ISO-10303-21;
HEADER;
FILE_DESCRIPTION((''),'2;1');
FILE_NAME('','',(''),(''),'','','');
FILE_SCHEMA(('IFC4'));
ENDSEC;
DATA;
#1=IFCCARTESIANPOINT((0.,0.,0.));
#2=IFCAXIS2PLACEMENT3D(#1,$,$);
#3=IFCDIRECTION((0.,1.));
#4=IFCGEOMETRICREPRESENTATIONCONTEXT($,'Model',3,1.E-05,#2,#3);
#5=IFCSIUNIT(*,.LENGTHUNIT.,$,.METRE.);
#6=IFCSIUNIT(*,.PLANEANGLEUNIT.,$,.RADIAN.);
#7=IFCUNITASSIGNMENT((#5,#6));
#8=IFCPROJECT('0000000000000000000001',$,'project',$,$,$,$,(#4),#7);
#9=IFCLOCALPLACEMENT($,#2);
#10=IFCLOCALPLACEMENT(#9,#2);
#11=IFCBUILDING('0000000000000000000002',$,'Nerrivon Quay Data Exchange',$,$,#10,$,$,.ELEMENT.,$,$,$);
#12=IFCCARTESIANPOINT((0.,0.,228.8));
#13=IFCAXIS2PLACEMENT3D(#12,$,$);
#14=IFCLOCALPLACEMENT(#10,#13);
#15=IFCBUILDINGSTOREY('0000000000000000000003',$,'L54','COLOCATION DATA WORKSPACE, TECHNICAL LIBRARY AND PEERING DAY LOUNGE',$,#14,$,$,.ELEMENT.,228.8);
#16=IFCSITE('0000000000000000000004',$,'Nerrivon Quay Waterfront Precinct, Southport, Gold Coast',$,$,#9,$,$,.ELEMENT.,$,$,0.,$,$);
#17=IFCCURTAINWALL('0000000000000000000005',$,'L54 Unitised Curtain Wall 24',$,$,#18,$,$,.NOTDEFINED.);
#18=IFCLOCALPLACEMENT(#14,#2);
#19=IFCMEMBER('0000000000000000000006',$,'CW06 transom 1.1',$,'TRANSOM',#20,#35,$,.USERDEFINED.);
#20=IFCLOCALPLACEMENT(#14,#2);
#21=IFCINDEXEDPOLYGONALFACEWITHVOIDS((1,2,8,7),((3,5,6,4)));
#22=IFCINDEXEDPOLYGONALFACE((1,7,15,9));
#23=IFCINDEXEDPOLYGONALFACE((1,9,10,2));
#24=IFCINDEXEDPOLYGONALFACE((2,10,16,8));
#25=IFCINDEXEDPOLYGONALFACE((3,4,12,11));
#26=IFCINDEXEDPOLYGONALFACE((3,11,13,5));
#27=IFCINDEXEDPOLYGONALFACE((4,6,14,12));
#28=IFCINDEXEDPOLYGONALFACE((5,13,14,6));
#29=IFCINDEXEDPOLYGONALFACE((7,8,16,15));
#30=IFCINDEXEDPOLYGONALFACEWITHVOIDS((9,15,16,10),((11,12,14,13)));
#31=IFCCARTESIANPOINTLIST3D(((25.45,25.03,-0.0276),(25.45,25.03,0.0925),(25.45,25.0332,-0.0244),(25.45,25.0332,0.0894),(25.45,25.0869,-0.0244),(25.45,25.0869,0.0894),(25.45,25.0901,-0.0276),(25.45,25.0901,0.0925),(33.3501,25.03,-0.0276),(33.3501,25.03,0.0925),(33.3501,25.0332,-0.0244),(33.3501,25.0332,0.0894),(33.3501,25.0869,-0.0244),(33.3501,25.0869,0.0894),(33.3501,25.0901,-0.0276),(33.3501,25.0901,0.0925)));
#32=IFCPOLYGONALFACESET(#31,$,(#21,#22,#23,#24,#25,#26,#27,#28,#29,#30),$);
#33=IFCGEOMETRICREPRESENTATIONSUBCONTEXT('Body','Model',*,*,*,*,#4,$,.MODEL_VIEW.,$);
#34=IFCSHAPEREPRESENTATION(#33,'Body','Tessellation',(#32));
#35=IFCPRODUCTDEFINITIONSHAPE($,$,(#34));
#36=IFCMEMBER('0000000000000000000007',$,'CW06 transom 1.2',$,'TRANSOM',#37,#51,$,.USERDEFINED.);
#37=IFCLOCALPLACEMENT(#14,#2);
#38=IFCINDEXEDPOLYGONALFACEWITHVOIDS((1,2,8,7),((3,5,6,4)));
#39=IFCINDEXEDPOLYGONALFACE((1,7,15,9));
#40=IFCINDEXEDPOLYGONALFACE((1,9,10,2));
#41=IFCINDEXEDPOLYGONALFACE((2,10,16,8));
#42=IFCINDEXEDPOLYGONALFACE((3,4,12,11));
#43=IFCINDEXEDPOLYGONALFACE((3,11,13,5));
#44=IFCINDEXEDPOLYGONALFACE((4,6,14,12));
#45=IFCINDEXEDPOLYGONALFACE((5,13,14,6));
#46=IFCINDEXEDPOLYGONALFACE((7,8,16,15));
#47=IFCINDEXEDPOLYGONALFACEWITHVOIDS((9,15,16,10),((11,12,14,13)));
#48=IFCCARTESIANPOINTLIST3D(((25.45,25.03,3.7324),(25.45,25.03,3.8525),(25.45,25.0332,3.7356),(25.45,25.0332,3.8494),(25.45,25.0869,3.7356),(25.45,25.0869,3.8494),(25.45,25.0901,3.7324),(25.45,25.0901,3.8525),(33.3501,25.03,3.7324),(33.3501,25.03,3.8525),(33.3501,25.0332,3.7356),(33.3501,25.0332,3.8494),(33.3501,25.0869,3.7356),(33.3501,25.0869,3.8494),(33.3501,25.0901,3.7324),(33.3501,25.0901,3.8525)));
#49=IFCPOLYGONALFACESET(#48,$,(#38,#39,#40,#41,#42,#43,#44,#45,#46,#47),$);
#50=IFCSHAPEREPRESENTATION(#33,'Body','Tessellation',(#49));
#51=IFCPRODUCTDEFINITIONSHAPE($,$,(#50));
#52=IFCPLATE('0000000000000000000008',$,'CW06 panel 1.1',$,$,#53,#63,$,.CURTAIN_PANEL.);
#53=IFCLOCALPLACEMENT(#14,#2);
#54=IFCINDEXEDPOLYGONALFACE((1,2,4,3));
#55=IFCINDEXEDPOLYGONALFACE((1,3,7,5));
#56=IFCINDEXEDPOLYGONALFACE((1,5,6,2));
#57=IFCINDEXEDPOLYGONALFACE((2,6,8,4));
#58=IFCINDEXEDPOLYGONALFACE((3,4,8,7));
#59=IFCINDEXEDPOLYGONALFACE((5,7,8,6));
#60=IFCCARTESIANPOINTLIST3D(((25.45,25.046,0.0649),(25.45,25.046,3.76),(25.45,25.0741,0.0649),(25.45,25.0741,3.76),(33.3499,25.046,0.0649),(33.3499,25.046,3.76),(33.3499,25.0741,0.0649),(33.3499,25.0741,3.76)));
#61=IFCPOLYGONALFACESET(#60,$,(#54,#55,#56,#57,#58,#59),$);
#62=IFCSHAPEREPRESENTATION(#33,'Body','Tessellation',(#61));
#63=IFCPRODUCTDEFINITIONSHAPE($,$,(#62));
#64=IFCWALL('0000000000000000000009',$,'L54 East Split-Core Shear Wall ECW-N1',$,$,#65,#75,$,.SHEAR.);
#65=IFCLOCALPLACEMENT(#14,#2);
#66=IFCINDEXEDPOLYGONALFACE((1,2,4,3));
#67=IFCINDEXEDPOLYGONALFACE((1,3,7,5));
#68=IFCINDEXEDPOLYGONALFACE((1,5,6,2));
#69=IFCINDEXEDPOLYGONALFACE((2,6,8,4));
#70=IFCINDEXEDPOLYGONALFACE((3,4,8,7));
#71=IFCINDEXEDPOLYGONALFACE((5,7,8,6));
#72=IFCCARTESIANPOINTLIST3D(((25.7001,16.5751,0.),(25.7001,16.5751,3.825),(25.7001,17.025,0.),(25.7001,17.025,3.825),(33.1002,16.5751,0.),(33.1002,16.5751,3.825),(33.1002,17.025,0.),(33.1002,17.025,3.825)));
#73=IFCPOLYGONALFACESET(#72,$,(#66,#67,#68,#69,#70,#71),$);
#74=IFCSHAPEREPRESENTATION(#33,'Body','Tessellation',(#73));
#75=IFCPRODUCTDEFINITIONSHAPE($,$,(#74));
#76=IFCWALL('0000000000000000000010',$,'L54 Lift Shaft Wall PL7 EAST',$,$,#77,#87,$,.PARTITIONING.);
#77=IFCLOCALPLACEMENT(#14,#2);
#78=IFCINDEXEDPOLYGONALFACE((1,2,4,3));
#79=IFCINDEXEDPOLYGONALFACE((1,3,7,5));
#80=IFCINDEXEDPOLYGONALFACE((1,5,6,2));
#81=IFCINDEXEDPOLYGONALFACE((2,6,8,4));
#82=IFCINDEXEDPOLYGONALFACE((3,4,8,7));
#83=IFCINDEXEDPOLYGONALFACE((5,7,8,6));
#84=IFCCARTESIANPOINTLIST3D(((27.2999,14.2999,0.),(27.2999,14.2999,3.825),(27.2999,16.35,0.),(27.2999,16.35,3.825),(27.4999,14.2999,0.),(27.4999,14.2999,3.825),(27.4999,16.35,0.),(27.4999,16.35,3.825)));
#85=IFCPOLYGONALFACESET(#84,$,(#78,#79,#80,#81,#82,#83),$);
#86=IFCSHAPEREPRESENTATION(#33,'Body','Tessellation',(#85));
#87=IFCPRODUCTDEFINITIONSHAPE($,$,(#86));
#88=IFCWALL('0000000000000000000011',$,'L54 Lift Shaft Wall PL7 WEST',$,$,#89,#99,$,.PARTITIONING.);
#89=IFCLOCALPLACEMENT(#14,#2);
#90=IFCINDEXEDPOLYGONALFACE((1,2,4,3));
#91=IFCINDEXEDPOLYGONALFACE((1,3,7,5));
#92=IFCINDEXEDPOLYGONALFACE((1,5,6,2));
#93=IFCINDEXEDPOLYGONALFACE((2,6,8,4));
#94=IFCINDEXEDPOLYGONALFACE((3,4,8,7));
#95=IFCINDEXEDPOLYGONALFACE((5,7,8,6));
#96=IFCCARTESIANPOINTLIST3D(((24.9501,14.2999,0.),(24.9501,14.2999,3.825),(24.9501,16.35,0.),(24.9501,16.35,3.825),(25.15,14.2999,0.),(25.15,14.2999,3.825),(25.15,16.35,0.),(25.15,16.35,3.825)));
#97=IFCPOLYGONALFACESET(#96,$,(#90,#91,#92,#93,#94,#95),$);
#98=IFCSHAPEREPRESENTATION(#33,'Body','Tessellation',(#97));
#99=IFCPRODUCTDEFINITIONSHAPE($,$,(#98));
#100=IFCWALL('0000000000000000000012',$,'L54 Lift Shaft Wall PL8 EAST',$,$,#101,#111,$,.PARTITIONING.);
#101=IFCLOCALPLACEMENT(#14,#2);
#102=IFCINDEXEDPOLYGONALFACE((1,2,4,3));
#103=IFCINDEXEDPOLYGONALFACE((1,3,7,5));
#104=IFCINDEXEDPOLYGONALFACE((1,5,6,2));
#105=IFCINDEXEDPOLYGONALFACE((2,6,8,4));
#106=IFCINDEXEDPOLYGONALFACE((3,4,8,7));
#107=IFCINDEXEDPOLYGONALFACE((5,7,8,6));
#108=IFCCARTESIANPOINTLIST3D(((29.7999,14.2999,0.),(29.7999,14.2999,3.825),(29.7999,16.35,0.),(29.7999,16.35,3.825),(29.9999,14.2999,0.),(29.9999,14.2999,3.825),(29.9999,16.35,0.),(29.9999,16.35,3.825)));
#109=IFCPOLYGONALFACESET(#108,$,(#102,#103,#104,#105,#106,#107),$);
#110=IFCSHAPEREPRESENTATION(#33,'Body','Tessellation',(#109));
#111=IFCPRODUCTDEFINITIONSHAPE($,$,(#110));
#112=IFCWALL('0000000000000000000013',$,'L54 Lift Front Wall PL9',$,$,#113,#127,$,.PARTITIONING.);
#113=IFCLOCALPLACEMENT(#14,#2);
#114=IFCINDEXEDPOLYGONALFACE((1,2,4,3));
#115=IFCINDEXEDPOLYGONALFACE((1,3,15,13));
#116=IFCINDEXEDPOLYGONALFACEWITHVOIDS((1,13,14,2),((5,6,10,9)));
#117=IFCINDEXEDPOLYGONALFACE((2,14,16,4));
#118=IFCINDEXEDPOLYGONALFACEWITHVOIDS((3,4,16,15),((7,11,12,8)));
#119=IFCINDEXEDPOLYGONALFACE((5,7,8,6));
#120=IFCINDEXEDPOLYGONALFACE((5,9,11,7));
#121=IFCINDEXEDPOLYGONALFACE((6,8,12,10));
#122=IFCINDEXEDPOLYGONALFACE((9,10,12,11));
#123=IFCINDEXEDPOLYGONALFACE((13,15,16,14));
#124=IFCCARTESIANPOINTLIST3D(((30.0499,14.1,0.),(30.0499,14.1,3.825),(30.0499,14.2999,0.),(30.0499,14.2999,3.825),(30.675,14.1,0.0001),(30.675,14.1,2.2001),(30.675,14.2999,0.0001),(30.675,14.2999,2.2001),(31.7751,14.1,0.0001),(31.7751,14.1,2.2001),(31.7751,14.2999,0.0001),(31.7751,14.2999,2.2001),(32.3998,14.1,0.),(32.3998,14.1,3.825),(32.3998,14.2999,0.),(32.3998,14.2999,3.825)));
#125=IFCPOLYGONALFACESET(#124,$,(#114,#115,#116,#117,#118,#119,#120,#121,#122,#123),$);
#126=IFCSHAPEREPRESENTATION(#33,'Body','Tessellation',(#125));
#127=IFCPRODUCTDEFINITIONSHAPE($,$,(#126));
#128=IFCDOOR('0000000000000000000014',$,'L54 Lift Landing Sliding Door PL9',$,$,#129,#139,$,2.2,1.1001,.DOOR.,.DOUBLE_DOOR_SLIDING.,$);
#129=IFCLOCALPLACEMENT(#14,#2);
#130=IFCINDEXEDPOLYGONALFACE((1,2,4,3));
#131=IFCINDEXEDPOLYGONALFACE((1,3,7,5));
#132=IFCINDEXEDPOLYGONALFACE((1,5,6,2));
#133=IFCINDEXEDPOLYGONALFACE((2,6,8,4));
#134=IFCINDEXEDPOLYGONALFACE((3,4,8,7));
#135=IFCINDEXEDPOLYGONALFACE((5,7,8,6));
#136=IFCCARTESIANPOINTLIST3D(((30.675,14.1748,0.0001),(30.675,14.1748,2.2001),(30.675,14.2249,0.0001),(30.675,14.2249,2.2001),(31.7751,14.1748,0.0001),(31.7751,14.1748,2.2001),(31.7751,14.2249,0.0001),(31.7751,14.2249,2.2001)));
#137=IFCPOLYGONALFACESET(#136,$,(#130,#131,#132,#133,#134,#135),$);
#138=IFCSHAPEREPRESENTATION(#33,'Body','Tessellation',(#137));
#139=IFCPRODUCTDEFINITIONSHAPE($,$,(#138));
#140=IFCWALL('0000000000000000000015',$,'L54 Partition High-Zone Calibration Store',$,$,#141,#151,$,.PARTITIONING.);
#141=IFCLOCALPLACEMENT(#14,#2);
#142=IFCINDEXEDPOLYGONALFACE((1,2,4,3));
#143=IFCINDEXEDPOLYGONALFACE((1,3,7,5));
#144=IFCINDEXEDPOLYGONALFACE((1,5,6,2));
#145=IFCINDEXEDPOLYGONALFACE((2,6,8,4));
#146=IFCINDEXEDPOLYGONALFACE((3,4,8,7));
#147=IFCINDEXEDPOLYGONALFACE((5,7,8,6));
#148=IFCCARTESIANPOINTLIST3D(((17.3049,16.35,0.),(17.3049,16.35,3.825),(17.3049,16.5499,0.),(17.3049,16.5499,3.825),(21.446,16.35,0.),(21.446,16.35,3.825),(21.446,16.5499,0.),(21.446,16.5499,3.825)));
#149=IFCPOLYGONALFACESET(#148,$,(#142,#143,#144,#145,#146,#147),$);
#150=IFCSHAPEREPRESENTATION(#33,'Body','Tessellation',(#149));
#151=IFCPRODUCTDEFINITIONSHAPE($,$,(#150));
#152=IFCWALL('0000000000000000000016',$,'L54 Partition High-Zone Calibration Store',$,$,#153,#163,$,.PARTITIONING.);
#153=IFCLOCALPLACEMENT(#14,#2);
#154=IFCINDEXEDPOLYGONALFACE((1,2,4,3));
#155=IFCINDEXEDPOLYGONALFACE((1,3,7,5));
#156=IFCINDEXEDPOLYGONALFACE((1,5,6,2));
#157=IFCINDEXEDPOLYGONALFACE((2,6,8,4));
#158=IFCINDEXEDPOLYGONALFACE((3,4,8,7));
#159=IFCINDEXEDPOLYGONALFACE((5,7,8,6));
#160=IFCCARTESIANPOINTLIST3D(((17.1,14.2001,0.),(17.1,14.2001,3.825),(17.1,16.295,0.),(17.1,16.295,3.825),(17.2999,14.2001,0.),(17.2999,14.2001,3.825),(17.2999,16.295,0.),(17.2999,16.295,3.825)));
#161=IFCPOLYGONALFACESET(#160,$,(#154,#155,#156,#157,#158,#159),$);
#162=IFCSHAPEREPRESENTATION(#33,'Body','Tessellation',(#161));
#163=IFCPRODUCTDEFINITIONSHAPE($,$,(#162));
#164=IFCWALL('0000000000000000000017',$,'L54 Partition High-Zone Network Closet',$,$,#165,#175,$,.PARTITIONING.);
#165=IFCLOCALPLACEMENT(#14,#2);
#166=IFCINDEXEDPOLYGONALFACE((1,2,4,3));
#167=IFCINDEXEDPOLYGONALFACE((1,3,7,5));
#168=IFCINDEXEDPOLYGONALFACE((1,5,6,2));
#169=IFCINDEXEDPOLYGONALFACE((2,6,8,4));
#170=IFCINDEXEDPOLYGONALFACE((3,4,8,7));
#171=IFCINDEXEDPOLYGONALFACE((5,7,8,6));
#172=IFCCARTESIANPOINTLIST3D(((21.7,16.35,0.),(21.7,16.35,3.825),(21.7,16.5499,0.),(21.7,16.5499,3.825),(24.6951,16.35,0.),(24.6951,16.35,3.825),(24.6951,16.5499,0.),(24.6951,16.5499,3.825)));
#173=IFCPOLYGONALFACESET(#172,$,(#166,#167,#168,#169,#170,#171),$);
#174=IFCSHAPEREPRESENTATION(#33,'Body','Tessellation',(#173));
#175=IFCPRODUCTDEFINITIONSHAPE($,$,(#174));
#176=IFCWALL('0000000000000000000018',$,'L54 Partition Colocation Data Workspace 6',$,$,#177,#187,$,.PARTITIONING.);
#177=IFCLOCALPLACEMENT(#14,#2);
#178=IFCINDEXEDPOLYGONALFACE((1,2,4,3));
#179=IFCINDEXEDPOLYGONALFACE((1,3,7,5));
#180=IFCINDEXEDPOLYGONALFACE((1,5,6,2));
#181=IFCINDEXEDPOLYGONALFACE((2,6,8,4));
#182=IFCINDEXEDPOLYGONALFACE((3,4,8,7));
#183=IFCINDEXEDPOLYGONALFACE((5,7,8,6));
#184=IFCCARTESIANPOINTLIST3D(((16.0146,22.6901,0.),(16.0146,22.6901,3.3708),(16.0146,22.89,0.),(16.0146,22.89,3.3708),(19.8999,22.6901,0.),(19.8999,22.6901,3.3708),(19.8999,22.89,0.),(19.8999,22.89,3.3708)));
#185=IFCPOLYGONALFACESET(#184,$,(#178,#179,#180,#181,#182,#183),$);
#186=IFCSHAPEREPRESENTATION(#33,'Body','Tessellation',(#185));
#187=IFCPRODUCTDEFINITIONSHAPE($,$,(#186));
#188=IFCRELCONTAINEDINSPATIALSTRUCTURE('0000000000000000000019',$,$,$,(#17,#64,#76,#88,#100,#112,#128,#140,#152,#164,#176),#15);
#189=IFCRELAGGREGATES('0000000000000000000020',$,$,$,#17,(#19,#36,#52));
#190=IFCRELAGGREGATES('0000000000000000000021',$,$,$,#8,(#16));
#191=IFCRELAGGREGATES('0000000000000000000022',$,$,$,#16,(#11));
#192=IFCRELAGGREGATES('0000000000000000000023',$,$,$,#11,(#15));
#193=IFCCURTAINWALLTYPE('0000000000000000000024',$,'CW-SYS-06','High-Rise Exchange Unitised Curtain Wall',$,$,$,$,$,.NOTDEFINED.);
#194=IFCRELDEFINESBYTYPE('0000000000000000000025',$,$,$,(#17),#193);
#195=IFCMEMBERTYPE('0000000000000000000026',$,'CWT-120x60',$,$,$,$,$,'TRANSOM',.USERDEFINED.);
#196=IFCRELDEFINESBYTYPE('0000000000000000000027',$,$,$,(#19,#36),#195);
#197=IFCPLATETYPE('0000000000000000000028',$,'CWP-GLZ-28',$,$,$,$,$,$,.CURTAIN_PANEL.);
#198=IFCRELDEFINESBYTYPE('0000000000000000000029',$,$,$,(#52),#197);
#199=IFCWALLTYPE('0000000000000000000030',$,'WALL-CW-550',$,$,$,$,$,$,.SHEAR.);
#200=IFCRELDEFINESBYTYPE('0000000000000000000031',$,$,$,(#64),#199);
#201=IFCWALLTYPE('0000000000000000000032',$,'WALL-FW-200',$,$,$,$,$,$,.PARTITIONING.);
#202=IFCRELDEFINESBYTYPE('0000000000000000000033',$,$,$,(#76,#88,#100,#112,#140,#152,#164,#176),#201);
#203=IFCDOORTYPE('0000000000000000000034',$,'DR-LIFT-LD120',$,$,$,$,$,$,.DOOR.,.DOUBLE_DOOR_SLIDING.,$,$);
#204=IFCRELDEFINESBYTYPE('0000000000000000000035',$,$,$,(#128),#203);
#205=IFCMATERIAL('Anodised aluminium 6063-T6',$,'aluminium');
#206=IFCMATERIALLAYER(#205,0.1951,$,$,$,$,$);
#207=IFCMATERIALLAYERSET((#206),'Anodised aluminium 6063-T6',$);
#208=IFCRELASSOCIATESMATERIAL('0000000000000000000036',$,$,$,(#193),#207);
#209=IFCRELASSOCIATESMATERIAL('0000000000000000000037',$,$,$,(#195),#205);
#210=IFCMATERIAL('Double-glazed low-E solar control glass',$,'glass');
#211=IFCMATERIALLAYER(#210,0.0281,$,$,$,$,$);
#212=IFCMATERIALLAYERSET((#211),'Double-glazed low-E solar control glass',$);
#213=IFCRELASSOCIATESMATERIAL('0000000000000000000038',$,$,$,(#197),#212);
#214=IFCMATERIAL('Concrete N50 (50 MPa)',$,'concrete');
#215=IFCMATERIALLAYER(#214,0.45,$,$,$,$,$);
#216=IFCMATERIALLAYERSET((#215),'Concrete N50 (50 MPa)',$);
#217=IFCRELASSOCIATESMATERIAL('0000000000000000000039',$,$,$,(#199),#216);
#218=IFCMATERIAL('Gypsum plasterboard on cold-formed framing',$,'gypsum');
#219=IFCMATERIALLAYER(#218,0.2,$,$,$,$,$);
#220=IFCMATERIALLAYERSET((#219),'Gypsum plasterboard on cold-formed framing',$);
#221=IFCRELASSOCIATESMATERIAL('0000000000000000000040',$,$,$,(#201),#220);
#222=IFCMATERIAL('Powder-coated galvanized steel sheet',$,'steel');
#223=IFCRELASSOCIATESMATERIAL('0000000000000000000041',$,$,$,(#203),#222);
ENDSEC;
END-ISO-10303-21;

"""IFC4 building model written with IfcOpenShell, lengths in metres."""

from ifc_helpers import new_model, si_unit, direction, frame, frame_2d, origin, origin_2d, place, context, subcontext, project, spatial, rectangle, hollow_rectangle, extrude, material, layer, layer_set, material_profile, profile_set, type_object, element, fill, aggregate, save


model = new_model("IFC4")

# Units and contexts
model_context = context("Model", 3, precision=1e-05, world=origin(), true_north=direction((0.0, 1.0)))
body_context = subcontext(model_context, "Body", "Model", "MODEL_VIEW")
ifc_project = project(units=[si_unit("LENGTHUNIT", "METRE"), si_unit("PLANEANGLEUNIT", "RADIAN")], contexts=[model_context])

# Site, building, storey
site_placement = place(None, origin())
site = spatial("IfcSite", under=ifc_project, at=site_placement, Name="Nerrivon Quay Waterfront Precinct, Southport, Gold Coast", CompositionType="ELEMENT", RefElevation=0.0)
building_placement = place(site_placement, origin())
building = spatial("IfcBuilding", under=site, at=building_placement, Name="Nerrivon Quay Data Exchange", CompositionType="ELEMENT")
storey_placement = place(building_placement, frame((0.0, 0.0, 228.8)))
storey = spatial("IfcBuildingStorey", under=building, at=storey_placement, Name="L54", Description="COLOCATION DATA WORKSPACE, TECHNICAL LIBRARY AND PEERING DAY LOUNGE", CompositionType="ELEMENT", Elevation=228.8)

# Curtain wall, members, plate
ifc_material_1 = material(Name="Anodised aluminium 6063-T6", Category="aluminium")
ifc_layer_1 = layer(ifc_material_1, 0.1951)
ifc_layer_set_1 = layer_set([ifc_layer_1], Name="Anodised aluminium 6063-T6")
curtain_wall_type = type_object("IfcCurtainWallType", Name="CW-SYS-06", Description="High-Rise Exchange Unitised Curtain Wall", PredefinedType="NOTDEFINED", material=ifc_layer_set_1)
curtain_wall_placement = place(storey_placement, origin())
curtain_wall = element("IfcCurtainWall", 1, at=curtain_wall_placement, inside=storey, type_object=curtain_wall_type, Name="L54 Unitised Curtain Wall 24", PredefinedType="NOTDEFINED")
ifc_material_profile_1 = material_profile(ifc_material_1, hollow_rectangle(XDim=0.0601, YDim=0.1201, WallThickness=0.0032, at=origin_2d()), Name="ALU-TRAN-120x60")
ifc_profile_set_1 = profile_set([ifc_material_profile_1], Name="Anodised aluminium 6063-T6")
member_type_1 = type_object("IfcMemberType", Name="CWT-120x60", ElementType="TRANSOM", PredefinedType="USERDEFINED", material=ifc_profile_set_1)
member_1_placement = place(storey_placement, frame((25.45, 25.0601, 0.0325), z_axis=(1.0, 0.0, 0.0), x_axis=(0.0, 1.0, 0.0)))
member_1 = element("IfcMember", 2, at=member_1_placement, type_object=member_type_1, Name="CW06 transom 1.1", ObjectType="TRANSOM", PredefinedType="USERDEFINED", context=body_context, shape_type="SweptSolid", body=[
    extrude(hollow_rectangle(XDim=0.0601, YDim=0.1201, WallThickness=0.0032, at=origin_2d()), origin(), (0.0, 0.0, 1.0), 7.9001),
])
member_2_placement = place(storey_placement, frame((25.45, 25.0601, 3.7925), z_axis=(1.0, 0.0, 0.0), x_axis=(0.0, 1.0, 0.0)))
member_2 = element("IfcMember", 3, at=member_2_placement, type_object=member_type_1, Name="CW06 transom 1.2", ObjectType="TRANSOM", PredefinedType="USERDEFINED", context=body_context, shape_type="SweptSolid", body=[
    extrude(hollow_rectangle(XDim=0.0601, YDim=0.1201, WallThickness=0.0032, at=origin_2d()), origin(), (0.0, 0.0, 1.0), 7.9001),
])
ifc_material_2 = material(Name="Double-glazed low-E solar control glass", Category="glass")
ifc_layer_2 = layer(ifc_material_2, 0.0281)
ifc_layer_set_2 = layer_set([ifc_layer_2], Name="Double-glazed low-E solar control glass")
plate_type = type_object("IfcPlateType", Name="CWP-GLZ-28", PredefinedType="CURTAIN_PANEL", material=ifc_layer_set_2)
plate_placement = place(storey_placement, frame((29.3999, 25.0601, 0.0649), z_axis=(0.0, 0.0, 1.0), x_axis=(1.0, 0.0, 0.0)))
plate = element("IfcPlate", 4, at=plate_placement, type_object=plate_type, Name="CW06 panel 1.1", PredefinedType="CURTAIN_PANEL", context=body_context, shape_type="SweptSolid", body=[
    extrude(rectangle(XDim=7.8999, YDim=0.0281, at=origin_2d()), origin(), (0.0, 0.0, 1.0), 3.6951),
])
aggregate(curtain_wall, [member_1, member_2, plate])

# Walls
ifc_material_3 = material(Name="Concrete N50 (50 MPa)", Category="concrete")
ifc_layer_3 = layer(ifc_material_3, 0.45)
ifc_layer_set_3 = layer_set([ifc_layer_3], Name="Concrete N50 (50 MPa)")
wall_type_1 = type_object("IfcWallType", Name="WALL-CW-550", PredefinedType="SHEAR", material=ifc_layer_set_3)
wall_1_placement = place(storey_placement, frame((25.7, 16.8, 0.0), z_axis=(0.0, 0.0, 1.0), x_axis=(1.0, 0.0, 0.0)))
element("IfcWall", 5, at=wall_1_placement, inside=storey, type_object=wall_type_1, Name="L54 East Split-Core Shear Wall ECW-N1", PredefinedType="SHEAR", context=body_context, shape_type="SweptSolid", body=[
    extrude(rectangle(XDim=7.4001, YDim=0.45, at=frame_2d((3.7002, 0.0))), origin(), (0.0, 0.0, 1.0), 3.825),
])
ifc_material_4 = material(Name="Gypsum plasterboard on cold-formed framing", Category="gypsum")
ifc_layer_4 = layer(ifc_material_4, 0.2)
ifc_layer_set_4 = layer_set([ifc_layer_4], Name="Gypsum plasterboard on cold-formed framing")
wall_type_2 = type_object("IfcWallType", Name="WALL-FW-200", PredefinedType="PARTITIONING", material=ifc_layer_set_4)
for number, where, z_axis, x_axis, name in (
    (6, (27.3999, 14.3, 0.0), (0.0, 0.0, 1.0), (0.0, 1.0, 0.0), "L54 Lift Shaft Wall PL7 EAST"),
    (7, (25.05, 14.3, 0.0), (0.0, 0.0, 1.0), (0.0, 1.0, 0.0), "L54 Lift Shaft Wall PL7 WEST"),
    (8, (29.8999, 14.3, 0.0), (0.0, 0.0, 1.0), (0.0, 1.0, 0.0), "L54 Lift Shaft Wall PL8 EAST"),
):
    element("IfcWall", number, at=place(storey_placement, frame(where, z_axis=z_axis, x_axis=x_axis)), inside=storey, type_object=wall_type_2, Name=name, PredefinedType="PARTITIONING", context=body_context, shape_type="SweptSolid", body=[
        extrude(rectangle(XDim=2.05, YDim=0.2, at=frame_2d((1.0249, 0.0))), origin(), (0.0, 0.0, 1.0), 3.825),
    ])

# Wall, opening, door
wall_2_placement = place(storey_placement, frame((30.05, 14.2, 0.0), z_axis=(0.0, 0.0, 1.0), x_axis=(1.0, 0.0, 0.0)))
wall_2 = element("IfcWall", 9, at=wall_2_placement, inside=storey, type_object=wall_type_2, Name="L54 Lift Front Wall PL9", PredefinedType="PARTITIONING", context=body_context, shape_type="SweptSolid", body=[
    extrude(rectangle(XDim=2.3499, YDim=0.2, at=frame_2d((1.1748, 0.0))), origin(), (0.0, 0.0, 1.0), 3.825),
])
opening_placement = place(wall_2_placement, frame((0.625, 0.0, 0.0)))
opening = element("IfcOpeningElement", 10, at=opening_placement, cuts=wall_2, PredefinedType="OPENING", context=body_context, shape_type="SweptSolid", body=[
    extrude(rectangle(XDim=1.1001, YDim=2.2, at=frame_2d((0.55, 1.1001))), frame((0.0, 0.1099, 0.0), z_axis=(0.0, -1.0, 0.0), x_axis=(1.0, 0.0, 0.0)), (0.0, 0.0, 1.0), 0.22),
])
ifc_material_5 = material(Name="Powder-coated galvanized steel sheet", Category="steel")
door_type = type_object("IfcDoorType", Name="DR-LIFT-LD120", OperationType="DOUBLE_DOOR_SLIDING", PredefinedType="DOOR", material=ifc_material_5)
door_placement = place(opening_placement, origin())
door = element("IfcDoor", 11, at=door_placement, inside=storey, type_object=door_type, Name="L54 Lift Landing Sliding Door PL9", OperationType="DOUBLE_DOOR_SLIDING", OverallHeight=2.2, OverallWidth=1.1001, PredefinedType="DOOR", context=body_context, shape_type="SweptSolid", body=[
    extrude(rectangle(XDim=1.1001, YDim=2.2, at=frame_2d((0.55, 1.1001))), frame((0.0, 0.0249, 0.0), z_axis=(0.0, -1.0, 0.0), x_axis=(1.0, 0.0, 0.0)), (0.0, 0.0, 1.0), 0.05),
])
fill(opening, door)

# Walls
wall_3_placement = place(storey_placement, frame((21.446, 16.45, 0.0), z_axis=(0.0, 0.0, 1.0), x_axis=(-1.0, 0.0, 0.0)))
element("IfcWall", 12, at=wall_3_placement, inside=storey, type_object=wall_type_2, Name="L54 Partition High-Zone Calibration Store", PredefinedType="PARTITIONING", context=body_context, shape_type="SweptSolid", body=[
    extrude(rectangle(XDim=4.1411, YDim=0.2, at=frame_2d((2.0706, 0.0))), origin(), (0.0, 0.0, 1.0), 3.825),
])
wall_4_placement = place(storey_placement, frame((17.2, 16.2949, 0.0), z_axis=(0.0, 0.0, 1.0), x_axis=(0.0, -1.0, 0.0)))
element("IfcWall", 13, at=wall_4_placement, inside=storey, type_object=wall_type_2, Name="L54 Partition High-Zone Calibration Store", PredefinedType="PARTITIONING", context=body_context, shape_type="SweptSolid", body=[
    extrude(rectangle(XDim=2.095, YDim=0.2, at=frame_2d((1.0474, 0.0))), origin(), (0.0, 0.0, 1.0), 3.825),
])
wall_5_placement = place(storey_placement, frame((24.6951, 16.45, 0.0), z_axis=(0.0, 0.0, 1.0), x_axis=(-1.0, 0.0, 0.0)))
element("IfcWall", 14, at=wall_5_placement, inside=storey, type_object=wall_type_2, Name="L54 Partition High-Zone Network Closet", PredefinedType="PARTITIONING", context=body_context, shape_type="SweptSolid", body=[
    extrude(rectangle(XDim=2.9951, YDim=0.2, at=frame_2d((1.4976, 0.0))), origin(), (0.0, 0.0, 1.0), 3.825),
])
wall_6_placement = place(storey_placement, frame((19.8999, 22.79, 0.0), z_axis=(0.0, 0.0, 1.0), x_axis=(-1.0, 0.0, 0.0)))
element("IfcWall", 15, at=wall_6_placement, inside=storey, type_object=wall_type_2, Name="L54 Partition Colocation Data Workspace 6", PredefinedType="PARTITIONING", context=body_context, shape_type="SweptSolid", body=[
    extrude(rectangle(XDim=3.8853, YDim=0.2, at=frame_2d((1.9426, 0.0))), origin(), (0.0, 0.0, 1.0), 3.3708),
])

save(model, "model.ifc")
